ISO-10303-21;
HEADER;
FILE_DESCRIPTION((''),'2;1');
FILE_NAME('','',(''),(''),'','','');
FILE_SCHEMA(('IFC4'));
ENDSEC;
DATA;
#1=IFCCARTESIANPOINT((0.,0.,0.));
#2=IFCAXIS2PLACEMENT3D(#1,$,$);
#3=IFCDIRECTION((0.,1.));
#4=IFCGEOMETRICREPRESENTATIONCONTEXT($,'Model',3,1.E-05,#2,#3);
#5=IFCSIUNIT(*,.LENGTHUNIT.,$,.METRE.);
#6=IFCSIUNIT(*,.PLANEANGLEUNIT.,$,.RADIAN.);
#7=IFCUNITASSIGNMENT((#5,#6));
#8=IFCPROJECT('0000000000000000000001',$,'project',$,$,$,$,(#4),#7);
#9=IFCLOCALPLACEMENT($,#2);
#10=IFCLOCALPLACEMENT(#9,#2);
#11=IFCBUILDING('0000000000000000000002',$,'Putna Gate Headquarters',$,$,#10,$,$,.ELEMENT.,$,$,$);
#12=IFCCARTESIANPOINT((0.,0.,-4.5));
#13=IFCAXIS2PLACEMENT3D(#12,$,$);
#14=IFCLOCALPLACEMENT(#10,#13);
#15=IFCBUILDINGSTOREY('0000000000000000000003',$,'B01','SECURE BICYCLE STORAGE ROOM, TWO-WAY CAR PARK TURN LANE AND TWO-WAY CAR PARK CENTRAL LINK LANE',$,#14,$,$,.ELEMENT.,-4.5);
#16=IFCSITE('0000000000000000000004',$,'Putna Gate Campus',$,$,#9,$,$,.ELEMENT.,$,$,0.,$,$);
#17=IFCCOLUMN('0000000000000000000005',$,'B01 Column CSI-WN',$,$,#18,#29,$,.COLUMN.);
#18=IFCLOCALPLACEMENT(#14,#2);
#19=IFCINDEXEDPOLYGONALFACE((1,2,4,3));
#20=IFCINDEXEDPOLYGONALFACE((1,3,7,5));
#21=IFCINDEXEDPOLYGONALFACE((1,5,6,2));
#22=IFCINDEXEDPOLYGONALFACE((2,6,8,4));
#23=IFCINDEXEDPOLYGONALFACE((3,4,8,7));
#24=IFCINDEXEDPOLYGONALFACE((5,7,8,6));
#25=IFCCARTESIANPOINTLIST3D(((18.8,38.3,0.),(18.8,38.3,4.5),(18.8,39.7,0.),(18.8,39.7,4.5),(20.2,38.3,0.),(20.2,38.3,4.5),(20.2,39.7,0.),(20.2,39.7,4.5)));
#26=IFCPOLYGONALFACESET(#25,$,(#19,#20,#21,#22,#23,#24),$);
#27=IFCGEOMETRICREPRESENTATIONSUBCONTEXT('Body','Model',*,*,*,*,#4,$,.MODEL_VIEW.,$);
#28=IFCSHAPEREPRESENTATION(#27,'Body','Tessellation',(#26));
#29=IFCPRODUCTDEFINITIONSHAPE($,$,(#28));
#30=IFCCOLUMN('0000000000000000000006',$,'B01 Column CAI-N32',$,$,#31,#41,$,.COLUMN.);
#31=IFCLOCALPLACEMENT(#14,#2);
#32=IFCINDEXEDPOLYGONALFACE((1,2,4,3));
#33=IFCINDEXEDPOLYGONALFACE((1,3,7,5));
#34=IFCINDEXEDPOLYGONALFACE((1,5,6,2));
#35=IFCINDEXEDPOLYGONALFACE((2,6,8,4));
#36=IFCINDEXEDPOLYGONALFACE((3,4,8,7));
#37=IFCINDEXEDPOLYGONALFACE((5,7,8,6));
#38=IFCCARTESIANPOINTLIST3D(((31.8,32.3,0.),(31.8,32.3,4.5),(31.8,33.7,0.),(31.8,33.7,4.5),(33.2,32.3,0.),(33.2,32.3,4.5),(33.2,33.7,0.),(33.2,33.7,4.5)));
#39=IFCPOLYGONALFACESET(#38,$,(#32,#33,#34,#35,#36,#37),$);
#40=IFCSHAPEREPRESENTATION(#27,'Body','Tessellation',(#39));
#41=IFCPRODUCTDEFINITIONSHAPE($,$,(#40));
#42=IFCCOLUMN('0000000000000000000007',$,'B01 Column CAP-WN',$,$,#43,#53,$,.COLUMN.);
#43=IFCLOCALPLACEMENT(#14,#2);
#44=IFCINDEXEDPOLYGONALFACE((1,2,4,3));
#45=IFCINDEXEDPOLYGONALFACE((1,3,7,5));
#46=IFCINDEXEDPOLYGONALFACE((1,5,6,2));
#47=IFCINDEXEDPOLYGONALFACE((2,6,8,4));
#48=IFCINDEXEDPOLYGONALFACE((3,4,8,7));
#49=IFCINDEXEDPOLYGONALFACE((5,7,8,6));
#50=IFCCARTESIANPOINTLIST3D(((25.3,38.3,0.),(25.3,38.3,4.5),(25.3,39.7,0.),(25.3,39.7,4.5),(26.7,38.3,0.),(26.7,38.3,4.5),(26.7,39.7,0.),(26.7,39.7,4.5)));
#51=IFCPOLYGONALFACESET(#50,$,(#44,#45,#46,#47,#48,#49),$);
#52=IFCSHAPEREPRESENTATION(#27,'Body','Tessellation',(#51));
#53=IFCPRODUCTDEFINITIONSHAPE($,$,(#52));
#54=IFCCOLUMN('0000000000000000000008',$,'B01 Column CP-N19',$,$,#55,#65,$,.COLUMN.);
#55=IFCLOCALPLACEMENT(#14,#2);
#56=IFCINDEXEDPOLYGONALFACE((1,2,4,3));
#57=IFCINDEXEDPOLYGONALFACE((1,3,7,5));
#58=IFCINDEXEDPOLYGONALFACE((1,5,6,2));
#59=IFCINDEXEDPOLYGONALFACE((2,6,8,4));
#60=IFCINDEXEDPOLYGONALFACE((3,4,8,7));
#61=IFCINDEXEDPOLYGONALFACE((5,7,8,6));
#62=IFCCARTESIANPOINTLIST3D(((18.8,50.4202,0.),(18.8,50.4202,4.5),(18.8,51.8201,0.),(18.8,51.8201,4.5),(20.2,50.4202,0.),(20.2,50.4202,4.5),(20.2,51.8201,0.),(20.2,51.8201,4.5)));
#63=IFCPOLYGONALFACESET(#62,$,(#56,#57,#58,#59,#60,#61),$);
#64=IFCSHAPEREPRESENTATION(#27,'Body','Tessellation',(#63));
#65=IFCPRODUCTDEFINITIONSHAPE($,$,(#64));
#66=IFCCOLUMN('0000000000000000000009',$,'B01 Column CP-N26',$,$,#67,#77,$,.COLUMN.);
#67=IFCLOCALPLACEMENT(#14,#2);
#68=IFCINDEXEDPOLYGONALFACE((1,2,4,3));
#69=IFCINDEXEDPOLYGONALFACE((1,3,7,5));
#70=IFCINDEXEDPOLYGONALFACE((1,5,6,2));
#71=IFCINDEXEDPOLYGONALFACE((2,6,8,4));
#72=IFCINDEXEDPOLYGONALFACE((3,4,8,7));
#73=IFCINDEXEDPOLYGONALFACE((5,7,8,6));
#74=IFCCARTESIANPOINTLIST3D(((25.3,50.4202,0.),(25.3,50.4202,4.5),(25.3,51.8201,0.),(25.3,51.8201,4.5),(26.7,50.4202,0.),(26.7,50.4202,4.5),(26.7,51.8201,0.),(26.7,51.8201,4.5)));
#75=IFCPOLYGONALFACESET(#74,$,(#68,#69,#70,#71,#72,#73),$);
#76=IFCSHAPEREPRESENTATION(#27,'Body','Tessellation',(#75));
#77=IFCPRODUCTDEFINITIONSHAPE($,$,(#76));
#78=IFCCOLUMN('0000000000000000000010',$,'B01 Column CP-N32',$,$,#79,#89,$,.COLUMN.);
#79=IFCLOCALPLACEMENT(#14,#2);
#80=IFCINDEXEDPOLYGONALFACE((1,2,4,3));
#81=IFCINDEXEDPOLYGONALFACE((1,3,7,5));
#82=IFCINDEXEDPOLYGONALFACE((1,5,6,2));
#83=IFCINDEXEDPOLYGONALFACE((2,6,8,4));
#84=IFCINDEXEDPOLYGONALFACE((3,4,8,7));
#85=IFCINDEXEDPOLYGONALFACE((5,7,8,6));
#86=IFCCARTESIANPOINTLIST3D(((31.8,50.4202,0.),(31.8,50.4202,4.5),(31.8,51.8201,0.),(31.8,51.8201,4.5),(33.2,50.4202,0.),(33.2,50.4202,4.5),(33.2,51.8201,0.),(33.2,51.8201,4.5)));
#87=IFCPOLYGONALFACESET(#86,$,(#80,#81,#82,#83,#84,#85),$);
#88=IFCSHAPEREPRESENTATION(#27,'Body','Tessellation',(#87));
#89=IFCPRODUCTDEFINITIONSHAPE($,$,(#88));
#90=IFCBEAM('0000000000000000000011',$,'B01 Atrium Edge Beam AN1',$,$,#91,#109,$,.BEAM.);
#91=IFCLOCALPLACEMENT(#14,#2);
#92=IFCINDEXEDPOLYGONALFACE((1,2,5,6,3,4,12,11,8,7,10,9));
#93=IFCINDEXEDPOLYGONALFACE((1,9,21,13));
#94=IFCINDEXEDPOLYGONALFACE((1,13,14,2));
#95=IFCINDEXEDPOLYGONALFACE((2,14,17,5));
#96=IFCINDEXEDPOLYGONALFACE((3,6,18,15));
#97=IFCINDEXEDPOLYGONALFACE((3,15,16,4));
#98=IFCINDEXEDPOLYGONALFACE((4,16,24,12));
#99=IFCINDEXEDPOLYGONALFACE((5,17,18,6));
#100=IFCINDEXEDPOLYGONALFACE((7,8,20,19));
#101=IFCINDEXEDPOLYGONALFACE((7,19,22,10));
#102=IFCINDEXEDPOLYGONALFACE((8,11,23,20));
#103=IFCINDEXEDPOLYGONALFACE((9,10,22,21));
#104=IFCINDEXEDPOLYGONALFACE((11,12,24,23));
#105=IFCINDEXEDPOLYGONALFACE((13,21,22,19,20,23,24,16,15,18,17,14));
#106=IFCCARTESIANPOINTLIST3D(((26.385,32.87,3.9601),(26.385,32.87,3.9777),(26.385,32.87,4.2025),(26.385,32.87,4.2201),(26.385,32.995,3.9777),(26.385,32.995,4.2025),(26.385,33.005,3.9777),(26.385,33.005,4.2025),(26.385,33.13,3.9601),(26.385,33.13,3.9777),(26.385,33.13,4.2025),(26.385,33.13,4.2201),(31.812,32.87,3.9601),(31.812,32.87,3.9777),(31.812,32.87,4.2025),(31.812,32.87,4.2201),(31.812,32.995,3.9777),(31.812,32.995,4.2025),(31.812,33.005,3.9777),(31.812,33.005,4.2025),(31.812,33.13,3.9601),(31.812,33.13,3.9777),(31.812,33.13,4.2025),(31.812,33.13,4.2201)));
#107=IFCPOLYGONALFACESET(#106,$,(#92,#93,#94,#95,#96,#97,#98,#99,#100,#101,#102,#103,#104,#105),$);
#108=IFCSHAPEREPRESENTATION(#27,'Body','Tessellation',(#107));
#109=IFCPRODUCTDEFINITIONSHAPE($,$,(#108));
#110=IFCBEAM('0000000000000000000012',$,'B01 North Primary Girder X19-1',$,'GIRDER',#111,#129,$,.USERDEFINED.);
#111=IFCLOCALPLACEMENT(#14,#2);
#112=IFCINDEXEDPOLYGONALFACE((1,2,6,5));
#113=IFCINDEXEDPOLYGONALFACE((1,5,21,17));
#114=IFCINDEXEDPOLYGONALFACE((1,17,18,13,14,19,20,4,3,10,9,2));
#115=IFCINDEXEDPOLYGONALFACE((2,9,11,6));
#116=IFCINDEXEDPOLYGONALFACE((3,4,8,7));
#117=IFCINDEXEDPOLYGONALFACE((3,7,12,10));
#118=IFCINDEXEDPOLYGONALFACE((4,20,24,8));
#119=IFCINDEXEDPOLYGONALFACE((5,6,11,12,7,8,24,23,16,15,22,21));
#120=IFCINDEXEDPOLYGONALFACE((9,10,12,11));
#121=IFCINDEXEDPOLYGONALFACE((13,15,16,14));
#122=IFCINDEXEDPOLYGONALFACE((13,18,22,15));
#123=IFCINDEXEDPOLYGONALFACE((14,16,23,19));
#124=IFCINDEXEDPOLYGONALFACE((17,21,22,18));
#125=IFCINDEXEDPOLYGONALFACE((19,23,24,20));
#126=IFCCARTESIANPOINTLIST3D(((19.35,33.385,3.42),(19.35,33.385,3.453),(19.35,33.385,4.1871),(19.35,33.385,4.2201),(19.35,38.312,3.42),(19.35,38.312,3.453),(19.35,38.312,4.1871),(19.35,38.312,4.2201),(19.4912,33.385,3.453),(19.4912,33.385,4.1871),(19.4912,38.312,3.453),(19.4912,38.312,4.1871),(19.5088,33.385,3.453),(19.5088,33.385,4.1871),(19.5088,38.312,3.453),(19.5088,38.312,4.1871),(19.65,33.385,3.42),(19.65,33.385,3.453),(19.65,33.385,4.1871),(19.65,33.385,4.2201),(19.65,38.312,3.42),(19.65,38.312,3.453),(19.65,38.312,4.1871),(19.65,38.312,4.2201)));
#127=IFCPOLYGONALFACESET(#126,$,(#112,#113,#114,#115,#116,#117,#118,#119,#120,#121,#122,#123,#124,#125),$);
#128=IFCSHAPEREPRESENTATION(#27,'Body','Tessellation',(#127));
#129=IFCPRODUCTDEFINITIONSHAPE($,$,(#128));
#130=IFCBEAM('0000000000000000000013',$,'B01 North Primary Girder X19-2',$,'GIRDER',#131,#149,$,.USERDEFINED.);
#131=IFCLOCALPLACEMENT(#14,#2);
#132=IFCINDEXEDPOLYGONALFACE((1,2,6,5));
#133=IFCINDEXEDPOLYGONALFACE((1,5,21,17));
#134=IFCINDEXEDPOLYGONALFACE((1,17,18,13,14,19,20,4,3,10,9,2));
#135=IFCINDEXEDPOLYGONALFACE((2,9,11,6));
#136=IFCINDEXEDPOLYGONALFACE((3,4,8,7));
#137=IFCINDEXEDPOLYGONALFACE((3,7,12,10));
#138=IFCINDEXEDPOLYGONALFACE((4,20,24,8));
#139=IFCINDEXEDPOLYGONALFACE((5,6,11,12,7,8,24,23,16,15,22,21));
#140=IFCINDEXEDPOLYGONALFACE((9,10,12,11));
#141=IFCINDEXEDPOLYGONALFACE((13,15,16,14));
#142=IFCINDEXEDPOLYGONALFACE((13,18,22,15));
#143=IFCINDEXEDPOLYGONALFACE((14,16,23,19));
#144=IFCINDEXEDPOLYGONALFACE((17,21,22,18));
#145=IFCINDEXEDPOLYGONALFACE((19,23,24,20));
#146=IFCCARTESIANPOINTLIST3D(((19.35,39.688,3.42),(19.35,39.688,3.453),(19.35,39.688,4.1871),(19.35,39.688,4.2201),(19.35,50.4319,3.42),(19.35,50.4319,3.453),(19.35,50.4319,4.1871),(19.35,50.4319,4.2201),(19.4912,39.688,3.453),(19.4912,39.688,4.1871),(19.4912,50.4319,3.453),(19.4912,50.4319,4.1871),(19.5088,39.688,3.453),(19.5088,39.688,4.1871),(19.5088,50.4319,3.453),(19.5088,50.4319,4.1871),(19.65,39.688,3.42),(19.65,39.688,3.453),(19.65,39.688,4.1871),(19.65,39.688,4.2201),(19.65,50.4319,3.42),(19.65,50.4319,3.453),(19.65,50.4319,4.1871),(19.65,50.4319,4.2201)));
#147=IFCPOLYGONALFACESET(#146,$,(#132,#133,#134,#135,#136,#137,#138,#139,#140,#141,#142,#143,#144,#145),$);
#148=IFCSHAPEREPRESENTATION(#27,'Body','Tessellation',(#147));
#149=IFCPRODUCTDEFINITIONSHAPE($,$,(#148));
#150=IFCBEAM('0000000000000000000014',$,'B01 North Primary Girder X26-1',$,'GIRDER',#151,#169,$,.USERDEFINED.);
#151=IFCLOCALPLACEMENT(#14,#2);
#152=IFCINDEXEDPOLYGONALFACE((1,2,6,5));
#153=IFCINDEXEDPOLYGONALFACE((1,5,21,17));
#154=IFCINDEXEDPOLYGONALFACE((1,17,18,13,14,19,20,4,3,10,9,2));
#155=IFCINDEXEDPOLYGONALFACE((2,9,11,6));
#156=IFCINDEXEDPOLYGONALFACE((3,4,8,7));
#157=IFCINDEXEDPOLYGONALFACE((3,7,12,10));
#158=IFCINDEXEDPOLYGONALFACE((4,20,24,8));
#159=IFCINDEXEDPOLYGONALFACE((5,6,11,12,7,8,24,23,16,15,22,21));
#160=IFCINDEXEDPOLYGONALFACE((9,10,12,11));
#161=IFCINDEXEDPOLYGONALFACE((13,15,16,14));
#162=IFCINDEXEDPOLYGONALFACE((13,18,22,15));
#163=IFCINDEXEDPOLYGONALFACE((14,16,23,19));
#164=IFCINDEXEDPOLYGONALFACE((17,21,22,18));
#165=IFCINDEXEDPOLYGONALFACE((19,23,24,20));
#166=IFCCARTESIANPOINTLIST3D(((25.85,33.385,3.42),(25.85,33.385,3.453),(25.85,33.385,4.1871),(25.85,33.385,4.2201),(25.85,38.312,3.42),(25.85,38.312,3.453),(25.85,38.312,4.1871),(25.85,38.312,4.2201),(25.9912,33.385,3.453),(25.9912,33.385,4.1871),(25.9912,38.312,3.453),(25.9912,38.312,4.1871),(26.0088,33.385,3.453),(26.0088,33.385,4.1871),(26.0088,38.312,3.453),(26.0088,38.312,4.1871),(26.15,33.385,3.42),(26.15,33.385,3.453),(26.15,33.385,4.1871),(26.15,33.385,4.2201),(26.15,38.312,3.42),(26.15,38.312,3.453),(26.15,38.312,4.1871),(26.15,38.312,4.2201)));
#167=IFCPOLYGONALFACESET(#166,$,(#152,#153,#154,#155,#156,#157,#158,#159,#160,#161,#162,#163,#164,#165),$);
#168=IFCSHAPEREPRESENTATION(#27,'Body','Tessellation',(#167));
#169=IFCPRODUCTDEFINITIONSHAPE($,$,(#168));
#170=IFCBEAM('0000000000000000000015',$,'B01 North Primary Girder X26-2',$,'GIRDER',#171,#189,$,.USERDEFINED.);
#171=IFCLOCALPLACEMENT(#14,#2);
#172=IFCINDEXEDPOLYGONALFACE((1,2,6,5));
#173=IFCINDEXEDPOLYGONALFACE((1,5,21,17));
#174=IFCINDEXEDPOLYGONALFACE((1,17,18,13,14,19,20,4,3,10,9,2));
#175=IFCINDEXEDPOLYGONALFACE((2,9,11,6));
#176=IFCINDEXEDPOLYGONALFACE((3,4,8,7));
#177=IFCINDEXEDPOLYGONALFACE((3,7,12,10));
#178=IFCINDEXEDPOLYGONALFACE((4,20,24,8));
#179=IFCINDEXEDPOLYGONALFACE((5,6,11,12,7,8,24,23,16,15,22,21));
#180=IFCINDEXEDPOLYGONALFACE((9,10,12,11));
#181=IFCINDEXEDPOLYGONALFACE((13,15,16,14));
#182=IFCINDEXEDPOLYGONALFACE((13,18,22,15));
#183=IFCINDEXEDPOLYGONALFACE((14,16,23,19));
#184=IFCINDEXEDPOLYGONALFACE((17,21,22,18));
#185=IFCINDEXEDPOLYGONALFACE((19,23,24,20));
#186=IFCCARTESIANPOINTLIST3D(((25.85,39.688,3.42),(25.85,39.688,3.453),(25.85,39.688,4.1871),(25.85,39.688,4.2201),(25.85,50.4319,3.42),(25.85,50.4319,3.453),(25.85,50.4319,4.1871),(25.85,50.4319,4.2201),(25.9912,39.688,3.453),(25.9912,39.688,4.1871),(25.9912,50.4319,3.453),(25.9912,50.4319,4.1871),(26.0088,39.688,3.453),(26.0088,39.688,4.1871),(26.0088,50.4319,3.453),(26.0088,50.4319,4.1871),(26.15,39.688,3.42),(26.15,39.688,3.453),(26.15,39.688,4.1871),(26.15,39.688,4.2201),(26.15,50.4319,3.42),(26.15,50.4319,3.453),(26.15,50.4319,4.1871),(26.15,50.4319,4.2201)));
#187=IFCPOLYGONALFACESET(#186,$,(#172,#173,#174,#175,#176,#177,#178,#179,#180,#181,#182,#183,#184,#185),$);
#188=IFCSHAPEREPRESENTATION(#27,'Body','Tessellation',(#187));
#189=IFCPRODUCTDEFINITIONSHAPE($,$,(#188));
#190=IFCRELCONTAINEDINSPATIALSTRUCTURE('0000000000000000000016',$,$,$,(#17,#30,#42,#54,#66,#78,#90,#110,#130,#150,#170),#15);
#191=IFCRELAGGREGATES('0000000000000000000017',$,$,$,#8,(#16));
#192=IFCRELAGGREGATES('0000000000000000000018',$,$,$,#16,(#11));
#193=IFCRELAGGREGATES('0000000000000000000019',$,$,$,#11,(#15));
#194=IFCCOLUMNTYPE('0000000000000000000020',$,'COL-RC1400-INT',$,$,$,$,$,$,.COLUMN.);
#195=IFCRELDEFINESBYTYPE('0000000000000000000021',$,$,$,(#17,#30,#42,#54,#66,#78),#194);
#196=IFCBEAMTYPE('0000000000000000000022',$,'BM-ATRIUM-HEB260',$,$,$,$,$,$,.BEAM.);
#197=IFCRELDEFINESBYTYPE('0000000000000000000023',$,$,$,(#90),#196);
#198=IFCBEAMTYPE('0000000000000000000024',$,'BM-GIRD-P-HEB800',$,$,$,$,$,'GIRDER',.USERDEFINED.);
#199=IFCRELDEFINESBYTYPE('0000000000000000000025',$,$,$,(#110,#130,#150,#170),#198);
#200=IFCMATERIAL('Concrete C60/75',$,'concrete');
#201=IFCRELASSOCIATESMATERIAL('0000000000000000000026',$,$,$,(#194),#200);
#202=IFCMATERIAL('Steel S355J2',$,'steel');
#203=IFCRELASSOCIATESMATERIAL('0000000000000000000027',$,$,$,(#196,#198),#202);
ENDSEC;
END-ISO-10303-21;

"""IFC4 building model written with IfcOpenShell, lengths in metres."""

from ifc_helpers import new_model, si_unit, direction, frame, origin, origin_2d, place, context, subcontext, project, spatial, rectangle, i_section, extrude, material, material_profile, profile_set, type_object, element, save


model = new_model("IFC4")

# Units and contexts
model_context = context("Model", 3, precision=1e-05, world=origin(), true_north=direction((0.0, 1.0)))
body_context = subcontext(model_context, "Body", "Model", "MODEL_VIEW")
ifc_project = project(units=[si_unit("LENGTHUNIT", "METRE"), si_unit("PLANEANGLEUNIT", "RADIAN")], contexts=[model_context])

# Site, building, storey
site_placement = place(None, origin())
site = spatial("IfcSite", under=ifc_project, at=site_placement, Name="Putna Gate Campus", CompositionType="ELEMENT", RefElevation=0.0)
building_placement = place(site_placement, origin())
building = spatial("IfcBuilding", under=site, at=building_placement, Name="Putna Gate Headquarters", CompositionType="ELEMENT")
storey_placement = place(building_placement, frame((0.0, 0.0, -4.5)))
storey = spatial("IfcBuildingStorey", under=building, at=storey_placement, Name="B01", Description="SECURE BICYCLE STORAGE ROOM, TWO-WAY CAR PARK TURN LANE AND TWO-WAY CAR PARK CENTRAL LINK LANE", CompositionType="ELEMENT", Elevation=-4.5)

# Columns
ifc_material_1 = material(Name="Concrete C60/75", Category="concrete")
ifc_material_profile_1 = material_profile(ifc_material_1, rectangle(XDim=1.3999, YDim=1.3999, at=origin_2d()), Name="Concrete C60/75")
ifc_profile_set_1 = profile_set([ifc_material_profile_1], Name="Concrete C60/75")
column_type = type_object("IfcColumnType", Name="COL-RC1400-INT", PredefinedType="COLUMN", material=ifc_profile_set_1)
for number, where, z_axis, x_axis, name in (
    (1, (19.5, 39.0, 0.0), (0.0, 0.0, 1.0), (1.0, 0.0, 0.0), "B01 Column CSI-WN"),
    (2, (32.5, 33.0, 0.0), (0.0, 0.0, 1.0), (1.0, 0.0, 0.0), "B01 Column CAI-N32"),
    (3, (26.0, 39.0, 0.0), (0.0, 0.0, 1.0), (1.0, 0.0, 0.0), "B01 Column CAP-WN"),
    (4, (19.5, 51.1201, 0.0), (0.0, 0.0, 1.0), (1.0, 0.0, 0.0), "B01 Column CP-N19"),
    (5, (26.0, 51.1201, 0.0), (0.0, 0.0, 1.0), (1.0, 0.0, 0.0), "B01 Column CP-N26"),
    (6, (32.5, 51.1201, 0.0), (0.0, 0.0, 1.0), (1.0, 0.0, 0.0), "B01 Column CP-N32"),
):
    element("IfcColumn", number, at=place(storey_placement, frame(where, z_axis=z_axis, x_axis=x_axis)), inside=storey, type_object=column_type, Name=name, PredefinedType="COLUMN", context=body_context, shape_type="SweptSolid", body=[
        extrude(rectangle(XDim=1.3999, YDim=1.3999, at=origin_2d()), origin(), (0.0, 0.0, 1.0), 4.5),
    ])

# Beams
ifc_material_2 = material(Name="Steel S355J2", Category="steel")
ifc_material_profile_2 = material_profile(ifc_material_2, i_section(OverallWidth=0.26, OverallDepth=0.26, WebThickness=0.01, FlangeThickness=0.0176, at=origin_2d()), Name="Steel S355J2")
ifc_profile_set_2 = profile_set([ifc_material_profile_2], Name="Steel S355J2")
beam_type_1 = type_object("IfcBeamType", Name="BM-ATRIUM-HEB260", PredefinedType="BEAM", material=ifc_profile_set_2)
beam_1_placement = place(storey_placement, frame((26.385, 33.0, 4.0901), z_axis=(1.0, 0.0, 0.0), x_axis=(0.0, 1.0, 0.0)))
element("IfcBeam", 7, at=beam_1_placement, inside=storey, type_object=beam_type_1, Name="B01 Atrium Edge Beam AN1", PredefinedType="BEAM", context=body_context, shape_type="SweptSolid", body=[
    extrude(i_section(OverallWidth=0.26, OverallDepth=0.26, WebThickness=0.01, FlangeThickness=0.0176, at=origin_2d()), origin(), (0.0, 0.0, 1.0), 5.427),
])
ifc_material_profile_3 = material_profile(ifc_material_2, i_section(OverallWidth=0.3, OverallDepth=0.8, WebThickness=0.0176, FlangeThickness=0.033, at=origin_2d()), Name="Steel S355J2")
ifc_profile_set_3 = profile_set([ifc_material_profile_3], Name="Steel S355J2")
beam_type_2 = type_object("IfcBeamType", Name="BM-GIRD-P-HEB800", ElementType="GIRDER", PredefinedType="USERDEFINED", material=ifc_profile_set_3)
beam_2_placement = place(storey_placement, frame((19.5, 33.385, 3.8201), z_axis=(0.0, 1.0, 0.0), x_axis=(-1.0, 0.0, 0.0)))
element("IfcBeam", 8, at=beam_2_placement, inside=storey, type_object=beam_type_2, Name="B01 North Primary Girder X19-1", ObjectType="GIRDER", PredefinedType="USERDEFINED", context=body_context, shape_type="SweptSolid", body=[
    extrude(i_section(OverallWidth=0.3, OverallDepth=0.8, WebThickness=0.0176, FlangeThickness=0.033, at=origin_2d()), origin(), (0.0, 0.0, 1.0), 4.927),
])
beam_3_placement = place(storey_placement, frame((19.5, 39.688, 3.8201), z_axis=(0.0, 1.0, 0.0), x_axis=(-1.0, 0.0, 0.0)))
element("IfcBeam", 9, at=beam_3_placement, inside=storey, type_object=beam_type_2, Name="B01 North Primary Girder X19-2", ObjectType="GIRDER", PredefinedType="USERDEFINED", context=body_context, shape_type="SweptSolid", body=[
    extrude(i_section(OverallWidth=0.3, OverallDepth=0.8, WebThickness=0.0176, FlangeThickness=0.033, at=origin_2d()), origin(), (0.0, 0.0, 1.0), 10.7439),
])
beam_4_placement = place(storey_placement, frame((26.0, 33.385, 3.8201), z_axis=(0.0, 1.0, 0.0), x_axis=(-1.0, 0.0, 0.0)))
element("IfcBeam", 10, at=beam_4_placement, inside=storey, type_object=beam_type_2, Name="B01 North Primary Girder X26-1", ObjectType="GIRDER", PredefinedType="USERDEFINED", context=body_context, shape_type="SweptSolid", body=[
    extrude(i_section(OverallWidth=0.3, OverallDepth=0.8, WebThickness=0.0176, FlangeThickness=0.033, at=origin_2d()), origin(), (0.0, 0.0, 1.0), 4.927),
])
beam_5_placement = place(storey_placement, frame((26.0, 39.688, 3.8201), z_axis=(0.0, 1.0, 0.0), x_axis=(-1.0, 0.0, 0.0)))
element("IfcBeam", 11, at=beam_5_placement, inside=storey, type_object=beam_type_2, Name="B01 North Primary Girder X26-2", ObjectType="GIRDER", PredefinedType="USERDEFINED", context=body_context, shape_type="SweptSolid", body=[
    extrude(i_section(OverallWidth=0.3, OverallDepth=0.8, WebThickness=0.0176, FlangeThickness=0.033, at=origin_2d()), origin(), (0.0, 0.0, 1.0), 10.7439),
])

save(model, "model.ifc")
